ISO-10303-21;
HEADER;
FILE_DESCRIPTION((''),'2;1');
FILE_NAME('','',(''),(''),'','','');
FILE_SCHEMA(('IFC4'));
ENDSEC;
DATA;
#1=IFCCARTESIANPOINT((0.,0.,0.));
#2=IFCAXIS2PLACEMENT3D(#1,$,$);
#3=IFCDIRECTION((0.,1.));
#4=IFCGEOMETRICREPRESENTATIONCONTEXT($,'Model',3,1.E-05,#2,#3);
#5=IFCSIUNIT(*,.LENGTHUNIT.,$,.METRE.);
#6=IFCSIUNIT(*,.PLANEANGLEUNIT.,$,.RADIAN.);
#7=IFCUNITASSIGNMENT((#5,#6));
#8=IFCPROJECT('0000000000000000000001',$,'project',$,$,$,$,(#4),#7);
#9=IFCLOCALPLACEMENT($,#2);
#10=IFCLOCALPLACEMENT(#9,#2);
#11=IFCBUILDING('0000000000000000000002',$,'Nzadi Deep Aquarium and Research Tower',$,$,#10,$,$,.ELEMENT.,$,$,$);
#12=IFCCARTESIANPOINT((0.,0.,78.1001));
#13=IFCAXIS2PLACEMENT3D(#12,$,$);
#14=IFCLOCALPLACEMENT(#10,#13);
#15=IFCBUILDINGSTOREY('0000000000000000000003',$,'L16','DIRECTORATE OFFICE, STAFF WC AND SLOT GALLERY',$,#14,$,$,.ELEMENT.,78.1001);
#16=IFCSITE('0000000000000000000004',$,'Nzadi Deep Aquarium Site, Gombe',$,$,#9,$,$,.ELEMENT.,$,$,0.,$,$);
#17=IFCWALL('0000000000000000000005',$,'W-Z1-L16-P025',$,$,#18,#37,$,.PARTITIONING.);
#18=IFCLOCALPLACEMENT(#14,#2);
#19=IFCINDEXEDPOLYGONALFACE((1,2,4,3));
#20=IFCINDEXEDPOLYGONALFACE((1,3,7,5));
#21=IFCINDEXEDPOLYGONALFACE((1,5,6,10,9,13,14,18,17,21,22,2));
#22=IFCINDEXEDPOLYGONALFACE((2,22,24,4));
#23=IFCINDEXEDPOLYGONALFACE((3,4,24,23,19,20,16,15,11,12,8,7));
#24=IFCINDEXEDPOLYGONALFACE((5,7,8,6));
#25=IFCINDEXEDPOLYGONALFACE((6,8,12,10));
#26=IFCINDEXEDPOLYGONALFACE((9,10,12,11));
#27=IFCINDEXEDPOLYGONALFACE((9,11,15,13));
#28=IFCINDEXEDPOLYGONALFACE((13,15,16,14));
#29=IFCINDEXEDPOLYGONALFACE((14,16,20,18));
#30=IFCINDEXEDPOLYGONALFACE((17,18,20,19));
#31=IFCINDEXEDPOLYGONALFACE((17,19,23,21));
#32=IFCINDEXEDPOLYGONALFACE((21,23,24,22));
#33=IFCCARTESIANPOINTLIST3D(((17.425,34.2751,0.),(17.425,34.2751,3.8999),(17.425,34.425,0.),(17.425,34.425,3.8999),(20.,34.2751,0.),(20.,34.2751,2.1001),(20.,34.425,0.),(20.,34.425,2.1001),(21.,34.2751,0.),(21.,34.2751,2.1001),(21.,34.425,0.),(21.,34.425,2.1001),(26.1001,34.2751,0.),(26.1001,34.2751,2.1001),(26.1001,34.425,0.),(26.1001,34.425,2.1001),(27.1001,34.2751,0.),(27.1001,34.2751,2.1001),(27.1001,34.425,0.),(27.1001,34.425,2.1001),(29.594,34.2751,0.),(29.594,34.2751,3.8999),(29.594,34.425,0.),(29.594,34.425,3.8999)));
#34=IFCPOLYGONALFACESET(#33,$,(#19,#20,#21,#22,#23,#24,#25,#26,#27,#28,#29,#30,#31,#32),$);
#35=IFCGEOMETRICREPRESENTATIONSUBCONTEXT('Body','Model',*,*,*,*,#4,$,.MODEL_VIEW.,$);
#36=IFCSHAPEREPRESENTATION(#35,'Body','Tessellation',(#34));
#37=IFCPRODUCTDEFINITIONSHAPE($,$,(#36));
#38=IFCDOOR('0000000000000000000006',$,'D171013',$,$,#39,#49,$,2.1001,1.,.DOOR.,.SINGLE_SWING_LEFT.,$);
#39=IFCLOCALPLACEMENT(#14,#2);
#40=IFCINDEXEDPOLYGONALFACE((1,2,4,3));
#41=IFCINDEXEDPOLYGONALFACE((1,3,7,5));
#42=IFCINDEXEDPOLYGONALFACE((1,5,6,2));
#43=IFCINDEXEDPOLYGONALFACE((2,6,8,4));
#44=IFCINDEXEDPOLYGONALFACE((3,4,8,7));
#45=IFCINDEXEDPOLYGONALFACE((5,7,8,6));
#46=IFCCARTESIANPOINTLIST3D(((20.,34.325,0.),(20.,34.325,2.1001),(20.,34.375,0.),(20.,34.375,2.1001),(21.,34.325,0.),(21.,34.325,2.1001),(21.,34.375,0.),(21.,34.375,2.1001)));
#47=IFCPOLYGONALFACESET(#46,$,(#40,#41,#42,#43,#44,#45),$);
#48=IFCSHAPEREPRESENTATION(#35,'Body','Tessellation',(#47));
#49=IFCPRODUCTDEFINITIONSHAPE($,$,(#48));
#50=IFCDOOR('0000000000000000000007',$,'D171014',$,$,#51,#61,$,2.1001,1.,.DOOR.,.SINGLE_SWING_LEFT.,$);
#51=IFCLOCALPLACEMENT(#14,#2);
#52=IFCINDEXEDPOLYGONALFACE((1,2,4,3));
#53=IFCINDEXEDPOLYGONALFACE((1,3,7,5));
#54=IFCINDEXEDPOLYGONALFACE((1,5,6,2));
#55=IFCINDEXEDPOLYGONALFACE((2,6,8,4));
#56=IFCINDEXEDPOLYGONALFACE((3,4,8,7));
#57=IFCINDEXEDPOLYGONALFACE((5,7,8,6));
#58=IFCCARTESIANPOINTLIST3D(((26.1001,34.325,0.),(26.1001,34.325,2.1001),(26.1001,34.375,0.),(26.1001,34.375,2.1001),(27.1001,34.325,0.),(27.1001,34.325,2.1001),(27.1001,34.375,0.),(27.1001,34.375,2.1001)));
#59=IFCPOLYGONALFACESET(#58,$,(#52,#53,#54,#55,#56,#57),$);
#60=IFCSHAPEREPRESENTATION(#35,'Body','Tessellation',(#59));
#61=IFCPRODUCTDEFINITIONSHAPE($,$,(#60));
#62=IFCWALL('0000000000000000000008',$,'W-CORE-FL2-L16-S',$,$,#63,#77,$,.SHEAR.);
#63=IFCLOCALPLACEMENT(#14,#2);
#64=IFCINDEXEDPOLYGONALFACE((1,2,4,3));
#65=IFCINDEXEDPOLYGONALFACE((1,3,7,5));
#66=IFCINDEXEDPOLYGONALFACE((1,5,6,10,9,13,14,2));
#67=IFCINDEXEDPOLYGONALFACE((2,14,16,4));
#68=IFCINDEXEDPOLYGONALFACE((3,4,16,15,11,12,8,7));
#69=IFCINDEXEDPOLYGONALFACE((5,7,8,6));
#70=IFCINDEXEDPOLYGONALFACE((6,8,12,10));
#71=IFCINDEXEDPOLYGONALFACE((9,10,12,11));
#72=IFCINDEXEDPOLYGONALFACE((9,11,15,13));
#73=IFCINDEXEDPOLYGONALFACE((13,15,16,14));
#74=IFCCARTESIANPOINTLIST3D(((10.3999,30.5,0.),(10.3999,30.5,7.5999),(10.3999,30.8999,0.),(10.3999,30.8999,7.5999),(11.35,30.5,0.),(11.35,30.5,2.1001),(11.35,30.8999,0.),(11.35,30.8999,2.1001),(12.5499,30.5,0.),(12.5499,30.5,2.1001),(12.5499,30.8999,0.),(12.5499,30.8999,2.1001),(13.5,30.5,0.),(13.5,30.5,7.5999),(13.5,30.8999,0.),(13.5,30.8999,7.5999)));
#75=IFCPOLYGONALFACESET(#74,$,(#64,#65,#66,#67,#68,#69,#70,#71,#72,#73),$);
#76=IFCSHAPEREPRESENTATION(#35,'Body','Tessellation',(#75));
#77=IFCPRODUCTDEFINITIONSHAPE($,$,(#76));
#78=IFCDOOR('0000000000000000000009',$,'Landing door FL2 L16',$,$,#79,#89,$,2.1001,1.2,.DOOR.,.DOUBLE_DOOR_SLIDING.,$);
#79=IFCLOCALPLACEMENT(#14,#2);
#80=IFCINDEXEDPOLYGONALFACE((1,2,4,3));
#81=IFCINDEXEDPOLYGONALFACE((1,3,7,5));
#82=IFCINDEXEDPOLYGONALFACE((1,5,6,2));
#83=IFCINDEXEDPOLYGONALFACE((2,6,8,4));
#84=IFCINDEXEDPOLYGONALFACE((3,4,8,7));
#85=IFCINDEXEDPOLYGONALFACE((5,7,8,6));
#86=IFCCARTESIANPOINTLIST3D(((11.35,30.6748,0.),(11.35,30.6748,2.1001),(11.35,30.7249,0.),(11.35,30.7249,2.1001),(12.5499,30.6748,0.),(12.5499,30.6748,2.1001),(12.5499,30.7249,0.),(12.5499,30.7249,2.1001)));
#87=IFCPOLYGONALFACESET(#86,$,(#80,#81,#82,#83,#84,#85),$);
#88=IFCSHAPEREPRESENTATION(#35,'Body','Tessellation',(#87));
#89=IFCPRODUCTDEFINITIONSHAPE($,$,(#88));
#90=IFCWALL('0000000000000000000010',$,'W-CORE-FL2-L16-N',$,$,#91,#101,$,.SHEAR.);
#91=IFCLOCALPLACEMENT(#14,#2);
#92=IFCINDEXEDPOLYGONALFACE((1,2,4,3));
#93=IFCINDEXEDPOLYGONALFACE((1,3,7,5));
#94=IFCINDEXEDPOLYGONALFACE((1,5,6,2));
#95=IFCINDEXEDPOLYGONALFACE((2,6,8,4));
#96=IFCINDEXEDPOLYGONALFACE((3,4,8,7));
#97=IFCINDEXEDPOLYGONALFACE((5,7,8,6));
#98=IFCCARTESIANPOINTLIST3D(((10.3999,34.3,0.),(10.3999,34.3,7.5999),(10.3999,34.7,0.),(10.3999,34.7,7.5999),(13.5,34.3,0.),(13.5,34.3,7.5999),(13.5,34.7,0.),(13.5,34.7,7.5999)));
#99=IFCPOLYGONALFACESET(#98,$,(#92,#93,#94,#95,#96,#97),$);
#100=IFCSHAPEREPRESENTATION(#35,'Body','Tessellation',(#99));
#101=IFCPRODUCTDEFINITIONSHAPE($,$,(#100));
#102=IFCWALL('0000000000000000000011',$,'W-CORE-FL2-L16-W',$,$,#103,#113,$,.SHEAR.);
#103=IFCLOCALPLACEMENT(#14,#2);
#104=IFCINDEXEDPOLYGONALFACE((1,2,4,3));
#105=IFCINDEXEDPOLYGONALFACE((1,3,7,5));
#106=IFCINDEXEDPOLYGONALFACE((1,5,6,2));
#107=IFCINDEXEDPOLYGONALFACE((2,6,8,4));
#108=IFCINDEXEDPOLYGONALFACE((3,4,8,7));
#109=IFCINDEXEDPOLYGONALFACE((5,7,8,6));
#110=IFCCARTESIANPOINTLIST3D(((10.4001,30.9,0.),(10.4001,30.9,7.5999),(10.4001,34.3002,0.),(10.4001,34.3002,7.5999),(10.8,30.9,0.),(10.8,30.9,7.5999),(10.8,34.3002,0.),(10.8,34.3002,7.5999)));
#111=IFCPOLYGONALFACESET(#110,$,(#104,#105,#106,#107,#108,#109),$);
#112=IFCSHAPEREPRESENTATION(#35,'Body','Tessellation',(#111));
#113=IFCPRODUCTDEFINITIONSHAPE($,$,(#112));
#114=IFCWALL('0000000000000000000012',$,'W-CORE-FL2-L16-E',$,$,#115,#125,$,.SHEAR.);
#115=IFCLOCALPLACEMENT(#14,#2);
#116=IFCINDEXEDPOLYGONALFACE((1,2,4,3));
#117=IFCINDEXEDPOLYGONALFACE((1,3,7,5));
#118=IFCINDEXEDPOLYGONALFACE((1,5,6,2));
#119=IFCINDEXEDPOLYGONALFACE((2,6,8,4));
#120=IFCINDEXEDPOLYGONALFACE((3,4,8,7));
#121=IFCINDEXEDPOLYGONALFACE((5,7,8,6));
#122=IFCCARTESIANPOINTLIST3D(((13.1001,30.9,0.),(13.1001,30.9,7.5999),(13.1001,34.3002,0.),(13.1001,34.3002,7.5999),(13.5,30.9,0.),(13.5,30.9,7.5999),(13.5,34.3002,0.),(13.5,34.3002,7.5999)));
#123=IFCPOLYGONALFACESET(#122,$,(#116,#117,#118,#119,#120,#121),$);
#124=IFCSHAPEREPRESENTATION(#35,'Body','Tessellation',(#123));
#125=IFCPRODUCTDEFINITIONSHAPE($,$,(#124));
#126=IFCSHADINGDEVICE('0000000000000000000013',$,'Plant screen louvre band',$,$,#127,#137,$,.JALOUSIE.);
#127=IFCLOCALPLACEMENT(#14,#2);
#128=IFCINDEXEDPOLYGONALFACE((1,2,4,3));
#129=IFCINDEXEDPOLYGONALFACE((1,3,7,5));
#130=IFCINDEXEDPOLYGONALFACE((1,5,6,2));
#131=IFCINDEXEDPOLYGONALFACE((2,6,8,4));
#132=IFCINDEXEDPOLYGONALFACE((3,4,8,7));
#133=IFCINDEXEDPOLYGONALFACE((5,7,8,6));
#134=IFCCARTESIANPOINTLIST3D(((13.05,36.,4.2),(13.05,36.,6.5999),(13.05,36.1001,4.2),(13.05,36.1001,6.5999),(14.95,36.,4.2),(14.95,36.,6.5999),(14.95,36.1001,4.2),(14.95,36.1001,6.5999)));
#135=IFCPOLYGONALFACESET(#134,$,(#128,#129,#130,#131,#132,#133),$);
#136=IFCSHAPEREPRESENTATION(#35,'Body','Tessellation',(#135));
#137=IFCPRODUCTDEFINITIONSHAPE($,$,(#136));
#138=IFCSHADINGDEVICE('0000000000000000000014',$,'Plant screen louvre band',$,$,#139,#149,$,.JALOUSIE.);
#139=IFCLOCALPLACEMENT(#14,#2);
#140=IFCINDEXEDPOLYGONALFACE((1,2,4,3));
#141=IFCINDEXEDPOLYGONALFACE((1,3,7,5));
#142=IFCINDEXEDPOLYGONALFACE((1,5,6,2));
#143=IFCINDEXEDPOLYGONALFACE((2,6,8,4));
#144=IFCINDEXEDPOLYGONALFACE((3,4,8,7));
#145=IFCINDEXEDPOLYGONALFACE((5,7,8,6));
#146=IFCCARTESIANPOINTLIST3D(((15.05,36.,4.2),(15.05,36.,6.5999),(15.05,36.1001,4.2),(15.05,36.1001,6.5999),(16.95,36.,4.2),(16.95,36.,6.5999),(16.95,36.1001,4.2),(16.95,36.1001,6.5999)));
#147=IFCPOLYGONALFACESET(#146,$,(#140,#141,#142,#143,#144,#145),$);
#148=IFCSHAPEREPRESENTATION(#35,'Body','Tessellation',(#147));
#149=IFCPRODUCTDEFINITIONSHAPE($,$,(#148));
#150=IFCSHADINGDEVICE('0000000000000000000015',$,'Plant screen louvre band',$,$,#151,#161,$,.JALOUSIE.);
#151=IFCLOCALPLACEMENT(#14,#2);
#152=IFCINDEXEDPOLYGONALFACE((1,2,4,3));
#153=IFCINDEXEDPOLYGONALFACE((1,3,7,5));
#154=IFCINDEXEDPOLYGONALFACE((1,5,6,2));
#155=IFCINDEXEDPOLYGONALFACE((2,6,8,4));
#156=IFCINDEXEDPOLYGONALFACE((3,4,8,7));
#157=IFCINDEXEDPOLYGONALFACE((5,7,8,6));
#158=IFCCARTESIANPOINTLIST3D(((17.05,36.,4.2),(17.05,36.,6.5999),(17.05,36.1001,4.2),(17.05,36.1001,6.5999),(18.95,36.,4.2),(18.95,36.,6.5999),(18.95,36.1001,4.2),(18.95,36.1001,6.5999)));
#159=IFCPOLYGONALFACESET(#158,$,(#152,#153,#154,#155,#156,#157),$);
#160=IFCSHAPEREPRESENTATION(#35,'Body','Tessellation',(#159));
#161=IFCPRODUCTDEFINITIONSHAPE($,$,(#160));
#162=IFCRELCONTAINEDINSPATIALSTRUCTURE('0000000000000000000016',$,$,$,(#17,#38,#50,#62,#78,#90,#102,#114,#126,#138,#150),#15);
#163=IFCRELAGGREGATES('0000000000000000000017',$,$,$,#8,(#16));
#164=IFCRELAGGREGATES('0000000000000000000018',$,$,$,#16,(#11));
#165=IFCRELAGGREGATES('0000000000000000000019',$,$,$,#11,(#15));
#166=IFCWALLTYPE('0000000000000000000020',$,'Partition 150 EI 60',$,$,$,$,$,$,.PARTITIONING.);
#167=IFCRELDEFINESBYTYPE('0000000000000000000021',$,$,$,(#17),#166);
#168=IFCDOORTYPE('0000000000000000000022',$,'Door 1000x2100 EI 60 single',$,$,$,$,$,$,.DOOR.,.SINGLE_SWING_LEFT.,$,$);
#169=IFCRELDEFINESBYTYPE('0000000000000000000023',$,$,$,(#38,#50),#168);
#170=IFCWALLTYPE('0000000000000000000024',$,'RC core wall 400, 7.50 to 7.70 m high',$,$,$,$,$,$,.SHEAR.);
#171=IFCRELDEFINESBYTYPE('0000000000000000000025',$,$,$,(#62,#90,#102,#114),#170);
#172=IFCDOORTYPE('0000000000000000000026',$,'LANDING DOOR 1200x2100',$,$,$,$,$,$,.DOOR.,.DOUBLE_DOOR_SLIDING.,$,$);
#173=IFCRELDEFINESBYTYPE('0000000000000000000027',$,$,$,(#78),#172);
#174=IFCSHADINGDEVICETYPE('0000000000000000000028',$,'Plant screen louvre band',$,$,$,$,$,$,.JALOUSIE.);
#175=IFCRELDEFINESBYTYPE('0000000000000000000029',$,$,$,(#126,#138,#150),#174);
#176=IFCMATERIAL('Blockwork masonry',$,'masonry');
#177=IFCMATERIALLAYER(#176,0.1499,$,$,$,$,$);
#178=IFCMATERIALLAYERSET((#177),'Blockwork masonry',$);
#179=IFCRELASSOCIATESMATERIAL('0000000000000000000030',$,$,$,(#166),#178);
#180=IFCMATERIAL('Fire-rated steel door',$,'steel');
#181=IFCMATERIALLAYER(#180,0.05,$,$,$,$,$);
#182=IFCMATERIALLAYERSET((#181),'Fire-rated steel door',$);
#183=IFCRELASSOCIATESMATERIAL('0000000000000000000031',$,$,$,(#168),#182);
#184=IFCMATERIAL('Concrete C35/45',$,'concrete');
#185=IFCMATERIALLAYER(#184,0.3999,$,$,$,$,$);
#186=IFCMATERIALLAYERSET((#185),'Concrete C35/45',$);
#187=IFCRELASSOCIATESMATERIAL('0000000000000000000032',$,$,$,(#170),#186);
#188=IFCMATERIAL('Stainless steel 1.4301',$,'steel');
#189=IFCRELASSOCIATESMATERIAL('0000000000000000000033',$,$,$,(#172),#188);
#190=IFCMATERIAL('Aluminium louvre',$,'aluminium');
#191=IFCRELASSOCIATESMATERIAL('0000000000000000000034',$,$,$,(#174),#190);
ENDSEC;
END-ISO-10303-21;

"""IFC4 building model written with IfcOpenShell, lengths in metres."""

from ifc_helpers import new_model, si_unit, direction, frame, frame_2d, origin, origin_2d, place, context, subcontext, project, spatial, rectangle, extrude, material, layer, layer_set, type_object, element, fill, save


model = new_model("IFC4")

# Units and contexts
model_context = context("Model", 3, precision=1e-05, world=origin(), true_north=direction((0.0, 1.0)))
body_context = subcontext(model_context, "Body", "Model", "MODEL_VIEW")
ifc_project = project(units=[si_unit("LENGTHUNIT", "METRE"), si_unit("PLANEANGLEUNIT", "RADIAN")], contexts=[model_context])

# Site, building, storey
site_placement = place(None, origin())
site = spatial("IfcSite", under=ifc_project, at=site_placement, Name="Nzadi Deep Aquarium Site, Gombe", CompositionType="ELEMENT", RefElevation=0.0)
building_placement = place(site_placement, origin())
building = spatial("IfcBuilding", under=site, at=building_placement, Name="Nzadi Deep Aquarium and Research Tower", CompositionType="ELEMENT")
storey_placement = place(building_placement, frame((0.0, 0.0, 78.1001)))
storey = spatial("IfcBuildingStorey", under=building, at=storey_placement, Name="L16", Description="DIRECTORATE OFFICE, STAFF WC AND SLOT GALLERY", CompositionType="ELEMENT", Elevation=78.1001)

# Shared definitions
ifc_material_1 = material(Name="Blockwork masonry", Category="masonry")
ifc_layer_1 = layer(ifc_material_1, 0.1499)
ifc_layer_set_1 = layer_set([ifc_layer_1], Name="Blockwork masonry")
wall_type_1 = type_object("IfcWallType", Name="Partition 150 EI 60", PredefinedType="PARTITIONING", material=ifc_layer_set_1)

# Wall, openings, doors
wall_1_placement = place(storey_placement, frame((17.425, 34.3501, 0.0), z_axis=(0.0, 0.0, 1.0), x_axis=(1.0, 0.0, 0.0)))
wall_1 = element("IfcWall", 1, at=wall_1_placement, inside=storey, type_object=wall_type_1, Name="W-Z1-L16-P025", PredefinedType="PARTITIONING", context=body_context, shape_type="SweptSolid", body=[
    extrude(rectangle(XDim=12.1689, YDim=0.1499, at=frame_2d((6.0845, 0.0))), origin(), (0.0, 0.0, 1.0), 3.8999),
])
opening_1_placement = place(wall_1_placement, frame((2.575, 0.0, 0.0)))
opening_1 = element("IfcOpeningElement", 2, at=opening_1_placement, cuts=wall_1, PredefinedType="OPENING", context=body_context, shape_type="SweptSolid", body=[
    extrude(rectangle(XDim=1.0, YDim=2.1001, at=frame_2d((0.5, 1.05))), frame((0.0, 0.085, 0.0), z_axis=(0.0, -1.0, 0.0), x_axis=(1.0, 0.0, 0.0)), (0.0, 0.0, 1.0), 0.1699),
])
opening_2_placement = place(wall_1_placement, frame((8.675, 0.0, 0.0)))
opening_2 = element("IfcOpeningElement", 3, at=opening_2_placement, cuts=wall_1, PredefinedType="OPENING", context=body_context, shape_type="SweptSolid", body=[
    extrude(rectangle(XDim=1.0, YDim=2.1001, at=frame_2d((0.5, 1.05))), frame((0.0, 0.085, 0.0), z_axis=(0.0, -1.0, 0.0), x_axis=(1.0, 0.0, 0.0)), (0.0, 0.0, 1.0), 0.1699),
])
ifc_material_2 = material(Name="Fire-rated steel door", Category="steel")
ifc_layer_2 = layer(ifc_material_2, 0.05)
ifc_layer_set_2 = layer_set([ifc_layer_2], Name="Fire-rated steel door")
door_type_1 = type_object("IfcDoorType", Name="Door 1000x2100 EI 60 single", OperationType="SINGLE_SWING_LEFT", PredefinedType="DOOR", material=ifc_layer_set_2)
door_1_placement = place(opening_1_placement, origin())
door_1 = element("IfcDoor", 4, at=door_1_placement, inside=storey, type_object=door_type_1, Name="D171013", OperationType="SINGLE_SWING_LEFT", OverallHeight=2.1001, OverallWidth=1.0, PredefinedType="DOOR", context=body_context, shape_type="SweptSolid", body=[
    extrude(rectangle(XDim=1.0, YDim=2.1001, at=frame_2d((0.5, 1.05))), frame((0.0, 0.0249, 0.0), z_axis=(0.0, -1.0, 0.0), x_axis=(1.0, 0.0, 0.0)), (0.0, 0.0, 1.0), 0.05),
])
fill(opening_1, door_1)
door_2_placement = place(opening_2_placement, origin())
door_2 = element("IfcDoor", 5, at=door_2_placement, inside=storey, type_object=door_type_1, Name="D171014", OperationType="SINGLE_SWING_LEFT", OverallHeight=2.1001, OverallWidth=1.0, PredefinedType="DOOR", context=body_context, shape_type="SweptSolid", body=[
    extrude(rectangle(XDim=1.0, YDim=2.1001, at=frame_2d((0.5, 1.05))), frame((0.0, 0.0249, 0.0), z_axis=(0.0, -1.0, 0.0), x_axis=(1.0, 0.0, 0.0)), (0.0, 0.0, 1.0), 0.05),
])
fill(opening_2, door_2)

# Wall, opening, door
ifc_material_3 = material(Name="Concrete C35/45", Category="concrete")
ifc_layer_3 = layer(ifc_material_3, 0.3999)
ifc_layer_set_3 = layer_set([ifc_layer_3], Name="Concrete C35/45")
wall_type_2 = type_object("IfcWallType", Name="RC core wall 400, 7.50 to 7.70 m high", PredefinedType="SHEAR", material=ifc_layer_set_3)
wall_2_placement = place(storey_placement, frame((10.3999, 30.7, 0.0), z_axis=(0.0, 0.0, 1.0), x_axis=(1.0, 0.0, 0.0)))
wall_2 = element("IfcWall", 6, at=wall_2_placement, inside=storey, type_object=wall_type_2, Name="W-CORE-FL2-L16-S", PredefinedType="SHEAR", context=body_context, shape_type="SweptSolid", body=[
    extrude(rectangle(XDim=3.1001, YDim=0.3999, at=frame_2d((1.55, 0.0))), origin(), (0.0, 0.0, 1.0), 7.5999),
])
opening_3_placement = place(wall_2_placement, frame((0.95, 0.0, 0.0)))
opening_3 = element("IfcOpeningElement", 7, at=opening_3_placement, cuts=wall_2, PredefinedType="OPENING", context=body_context, shape_type="SweptSolid", body=[
    extrude(rectangle(XDim=1.2, YDim=2.1001, at=frame_2d((0.6001, 1.05))), frame((0.0, 0.21, 0.0), z_axis=(0.0, -1.0, 0.0), x_axis=(1.0, 0.0, 0.0)), (0.0, 0.0, 1.0), 0.4199),
])
ifc_material_4 = material(Name="Stainless steel 1.4301", Category="steel")
door_type_2 = type_object("IfcDoorType", Name="LANDING DOOR 1200x2100", OperationType="DOUBLE_DOOR_SLIDING", PredefinedType="DOOR", material=ifc_material_4)
door_3_placement = place(opening_3_placement, origin())
door_3 = element("IfcDoor", 8, at=door_3_placement, inside=storey, type_object=door_type_2, Name="Landing door FL2 L16", OperationType="DOUBLE_DOOR_SLIDING", OverallHeight=2.1001, OverallWidth=1.2, PredefinedType="DOOR", context=body_context, shape_type="SweptSolid", body=[
    extrude(rectangle(XDim=1.2, YDim=2.1001, at=frame_2d((0.6001, 1.05))), frame((0.0, 0.0249, 0.0), z_axis=(0.0, -1.0, 0.0), x_axis=(1.0, 0.0, 0.0)), (0.0, 0.0, 1.0), 0.05),
])
fill(opening_3, door_3)

# Walls
wall_3_placement = place(storey_placement, frame((10.3999, 34.5, 0.0), z_axis=(0.0, 0.0, 1.0), x_axis=(1.0, 0.0, 0.0)))
element("IfcWall", 9, at=wall_3_placement, inside=storey, type_object=wall_type_2, Name="W-CORE-FL2-L16-N", PredefinedType="SHEAR", context=body_context, shape_type="SweptSolid", body=[
    extrude(rectangle(XDim=3.1001, YDim=0.3999, at=frame_2d((1.55, 0.0))), origin(), (0.0, 0.0, 1.0), 7.5999),
])
for number, where, z_axis, x_axis, name in (
    (10, (10.6001, 30.8999, 0.0), (0.0, 0.0, 1.0), (0.0, 1.0, 0.0), "W-CORE-FL2-L16-W"),
    (11, (13.3, 30.8999, 0.0), (0.0, 0.0, 1.0), (0.0, 1.0, 0.0), "W-CORE-FL2-L16-E"),
):
    element("IfcWall", number, at=place(storey_placement, frame(where, z_axis=z_axis, x_axis=x_axis)), inside=storey, type_object=wall_type_2, Name=name, PredefinedType="SHEAR", context=body_context, shape_type="SweptSolid", body=[
        extrude(rectangle(XDim=3.4001, YDim=0.3999, at=frame_2d((1.7002, 0.0))), origin(), (0.0, 0.0, 1.0), 7.5999),
    ])

# Shading devices
ifc_material_5 = material(Name="Aluminium louvre", Category="aluminium")
shading_device_type = type_object("IfcShadingDeviceType", Name="Plant screen louvre band", PredefinedType="JALOUSIE", material=ifc_material_5)
for number, where, z_axis, x_axis, name in (
    (12, (14.0, 36.05, 4.2), (0.0, 0.0, 1.0), (1.0, 0.0, 0.0), "Plant screen louvre band"),
    (13, (16.0, 36.05, 4.2), (0.0, 0.0, 1.0), (1.0, 0.0, 0.0), "Plant screen louvre band"),
    (14, (18.0, 36.05, 4.2), (0.0, 0.0, 1.0), (1.0, 0.0, 0.0), "Plant screen louvre band"),
):
    element("IfcShadingDevice", number, at=place(storey_placement, frame(where, z_axis=z_axis, x_axis=x_axis)), inside=storey, type_object=shading_device_type, Name=name, PredefinedType="JALOUSIE", context=body_context, shape_type="SweptSolid", body=[
        extrude(rectangle(XDim=1.8999, YDim=0.1001, at=origin_2d()), origin(), (0.0, 0.0, 1.0), 2.3999),
    ])

save(model, "model.ifc")
